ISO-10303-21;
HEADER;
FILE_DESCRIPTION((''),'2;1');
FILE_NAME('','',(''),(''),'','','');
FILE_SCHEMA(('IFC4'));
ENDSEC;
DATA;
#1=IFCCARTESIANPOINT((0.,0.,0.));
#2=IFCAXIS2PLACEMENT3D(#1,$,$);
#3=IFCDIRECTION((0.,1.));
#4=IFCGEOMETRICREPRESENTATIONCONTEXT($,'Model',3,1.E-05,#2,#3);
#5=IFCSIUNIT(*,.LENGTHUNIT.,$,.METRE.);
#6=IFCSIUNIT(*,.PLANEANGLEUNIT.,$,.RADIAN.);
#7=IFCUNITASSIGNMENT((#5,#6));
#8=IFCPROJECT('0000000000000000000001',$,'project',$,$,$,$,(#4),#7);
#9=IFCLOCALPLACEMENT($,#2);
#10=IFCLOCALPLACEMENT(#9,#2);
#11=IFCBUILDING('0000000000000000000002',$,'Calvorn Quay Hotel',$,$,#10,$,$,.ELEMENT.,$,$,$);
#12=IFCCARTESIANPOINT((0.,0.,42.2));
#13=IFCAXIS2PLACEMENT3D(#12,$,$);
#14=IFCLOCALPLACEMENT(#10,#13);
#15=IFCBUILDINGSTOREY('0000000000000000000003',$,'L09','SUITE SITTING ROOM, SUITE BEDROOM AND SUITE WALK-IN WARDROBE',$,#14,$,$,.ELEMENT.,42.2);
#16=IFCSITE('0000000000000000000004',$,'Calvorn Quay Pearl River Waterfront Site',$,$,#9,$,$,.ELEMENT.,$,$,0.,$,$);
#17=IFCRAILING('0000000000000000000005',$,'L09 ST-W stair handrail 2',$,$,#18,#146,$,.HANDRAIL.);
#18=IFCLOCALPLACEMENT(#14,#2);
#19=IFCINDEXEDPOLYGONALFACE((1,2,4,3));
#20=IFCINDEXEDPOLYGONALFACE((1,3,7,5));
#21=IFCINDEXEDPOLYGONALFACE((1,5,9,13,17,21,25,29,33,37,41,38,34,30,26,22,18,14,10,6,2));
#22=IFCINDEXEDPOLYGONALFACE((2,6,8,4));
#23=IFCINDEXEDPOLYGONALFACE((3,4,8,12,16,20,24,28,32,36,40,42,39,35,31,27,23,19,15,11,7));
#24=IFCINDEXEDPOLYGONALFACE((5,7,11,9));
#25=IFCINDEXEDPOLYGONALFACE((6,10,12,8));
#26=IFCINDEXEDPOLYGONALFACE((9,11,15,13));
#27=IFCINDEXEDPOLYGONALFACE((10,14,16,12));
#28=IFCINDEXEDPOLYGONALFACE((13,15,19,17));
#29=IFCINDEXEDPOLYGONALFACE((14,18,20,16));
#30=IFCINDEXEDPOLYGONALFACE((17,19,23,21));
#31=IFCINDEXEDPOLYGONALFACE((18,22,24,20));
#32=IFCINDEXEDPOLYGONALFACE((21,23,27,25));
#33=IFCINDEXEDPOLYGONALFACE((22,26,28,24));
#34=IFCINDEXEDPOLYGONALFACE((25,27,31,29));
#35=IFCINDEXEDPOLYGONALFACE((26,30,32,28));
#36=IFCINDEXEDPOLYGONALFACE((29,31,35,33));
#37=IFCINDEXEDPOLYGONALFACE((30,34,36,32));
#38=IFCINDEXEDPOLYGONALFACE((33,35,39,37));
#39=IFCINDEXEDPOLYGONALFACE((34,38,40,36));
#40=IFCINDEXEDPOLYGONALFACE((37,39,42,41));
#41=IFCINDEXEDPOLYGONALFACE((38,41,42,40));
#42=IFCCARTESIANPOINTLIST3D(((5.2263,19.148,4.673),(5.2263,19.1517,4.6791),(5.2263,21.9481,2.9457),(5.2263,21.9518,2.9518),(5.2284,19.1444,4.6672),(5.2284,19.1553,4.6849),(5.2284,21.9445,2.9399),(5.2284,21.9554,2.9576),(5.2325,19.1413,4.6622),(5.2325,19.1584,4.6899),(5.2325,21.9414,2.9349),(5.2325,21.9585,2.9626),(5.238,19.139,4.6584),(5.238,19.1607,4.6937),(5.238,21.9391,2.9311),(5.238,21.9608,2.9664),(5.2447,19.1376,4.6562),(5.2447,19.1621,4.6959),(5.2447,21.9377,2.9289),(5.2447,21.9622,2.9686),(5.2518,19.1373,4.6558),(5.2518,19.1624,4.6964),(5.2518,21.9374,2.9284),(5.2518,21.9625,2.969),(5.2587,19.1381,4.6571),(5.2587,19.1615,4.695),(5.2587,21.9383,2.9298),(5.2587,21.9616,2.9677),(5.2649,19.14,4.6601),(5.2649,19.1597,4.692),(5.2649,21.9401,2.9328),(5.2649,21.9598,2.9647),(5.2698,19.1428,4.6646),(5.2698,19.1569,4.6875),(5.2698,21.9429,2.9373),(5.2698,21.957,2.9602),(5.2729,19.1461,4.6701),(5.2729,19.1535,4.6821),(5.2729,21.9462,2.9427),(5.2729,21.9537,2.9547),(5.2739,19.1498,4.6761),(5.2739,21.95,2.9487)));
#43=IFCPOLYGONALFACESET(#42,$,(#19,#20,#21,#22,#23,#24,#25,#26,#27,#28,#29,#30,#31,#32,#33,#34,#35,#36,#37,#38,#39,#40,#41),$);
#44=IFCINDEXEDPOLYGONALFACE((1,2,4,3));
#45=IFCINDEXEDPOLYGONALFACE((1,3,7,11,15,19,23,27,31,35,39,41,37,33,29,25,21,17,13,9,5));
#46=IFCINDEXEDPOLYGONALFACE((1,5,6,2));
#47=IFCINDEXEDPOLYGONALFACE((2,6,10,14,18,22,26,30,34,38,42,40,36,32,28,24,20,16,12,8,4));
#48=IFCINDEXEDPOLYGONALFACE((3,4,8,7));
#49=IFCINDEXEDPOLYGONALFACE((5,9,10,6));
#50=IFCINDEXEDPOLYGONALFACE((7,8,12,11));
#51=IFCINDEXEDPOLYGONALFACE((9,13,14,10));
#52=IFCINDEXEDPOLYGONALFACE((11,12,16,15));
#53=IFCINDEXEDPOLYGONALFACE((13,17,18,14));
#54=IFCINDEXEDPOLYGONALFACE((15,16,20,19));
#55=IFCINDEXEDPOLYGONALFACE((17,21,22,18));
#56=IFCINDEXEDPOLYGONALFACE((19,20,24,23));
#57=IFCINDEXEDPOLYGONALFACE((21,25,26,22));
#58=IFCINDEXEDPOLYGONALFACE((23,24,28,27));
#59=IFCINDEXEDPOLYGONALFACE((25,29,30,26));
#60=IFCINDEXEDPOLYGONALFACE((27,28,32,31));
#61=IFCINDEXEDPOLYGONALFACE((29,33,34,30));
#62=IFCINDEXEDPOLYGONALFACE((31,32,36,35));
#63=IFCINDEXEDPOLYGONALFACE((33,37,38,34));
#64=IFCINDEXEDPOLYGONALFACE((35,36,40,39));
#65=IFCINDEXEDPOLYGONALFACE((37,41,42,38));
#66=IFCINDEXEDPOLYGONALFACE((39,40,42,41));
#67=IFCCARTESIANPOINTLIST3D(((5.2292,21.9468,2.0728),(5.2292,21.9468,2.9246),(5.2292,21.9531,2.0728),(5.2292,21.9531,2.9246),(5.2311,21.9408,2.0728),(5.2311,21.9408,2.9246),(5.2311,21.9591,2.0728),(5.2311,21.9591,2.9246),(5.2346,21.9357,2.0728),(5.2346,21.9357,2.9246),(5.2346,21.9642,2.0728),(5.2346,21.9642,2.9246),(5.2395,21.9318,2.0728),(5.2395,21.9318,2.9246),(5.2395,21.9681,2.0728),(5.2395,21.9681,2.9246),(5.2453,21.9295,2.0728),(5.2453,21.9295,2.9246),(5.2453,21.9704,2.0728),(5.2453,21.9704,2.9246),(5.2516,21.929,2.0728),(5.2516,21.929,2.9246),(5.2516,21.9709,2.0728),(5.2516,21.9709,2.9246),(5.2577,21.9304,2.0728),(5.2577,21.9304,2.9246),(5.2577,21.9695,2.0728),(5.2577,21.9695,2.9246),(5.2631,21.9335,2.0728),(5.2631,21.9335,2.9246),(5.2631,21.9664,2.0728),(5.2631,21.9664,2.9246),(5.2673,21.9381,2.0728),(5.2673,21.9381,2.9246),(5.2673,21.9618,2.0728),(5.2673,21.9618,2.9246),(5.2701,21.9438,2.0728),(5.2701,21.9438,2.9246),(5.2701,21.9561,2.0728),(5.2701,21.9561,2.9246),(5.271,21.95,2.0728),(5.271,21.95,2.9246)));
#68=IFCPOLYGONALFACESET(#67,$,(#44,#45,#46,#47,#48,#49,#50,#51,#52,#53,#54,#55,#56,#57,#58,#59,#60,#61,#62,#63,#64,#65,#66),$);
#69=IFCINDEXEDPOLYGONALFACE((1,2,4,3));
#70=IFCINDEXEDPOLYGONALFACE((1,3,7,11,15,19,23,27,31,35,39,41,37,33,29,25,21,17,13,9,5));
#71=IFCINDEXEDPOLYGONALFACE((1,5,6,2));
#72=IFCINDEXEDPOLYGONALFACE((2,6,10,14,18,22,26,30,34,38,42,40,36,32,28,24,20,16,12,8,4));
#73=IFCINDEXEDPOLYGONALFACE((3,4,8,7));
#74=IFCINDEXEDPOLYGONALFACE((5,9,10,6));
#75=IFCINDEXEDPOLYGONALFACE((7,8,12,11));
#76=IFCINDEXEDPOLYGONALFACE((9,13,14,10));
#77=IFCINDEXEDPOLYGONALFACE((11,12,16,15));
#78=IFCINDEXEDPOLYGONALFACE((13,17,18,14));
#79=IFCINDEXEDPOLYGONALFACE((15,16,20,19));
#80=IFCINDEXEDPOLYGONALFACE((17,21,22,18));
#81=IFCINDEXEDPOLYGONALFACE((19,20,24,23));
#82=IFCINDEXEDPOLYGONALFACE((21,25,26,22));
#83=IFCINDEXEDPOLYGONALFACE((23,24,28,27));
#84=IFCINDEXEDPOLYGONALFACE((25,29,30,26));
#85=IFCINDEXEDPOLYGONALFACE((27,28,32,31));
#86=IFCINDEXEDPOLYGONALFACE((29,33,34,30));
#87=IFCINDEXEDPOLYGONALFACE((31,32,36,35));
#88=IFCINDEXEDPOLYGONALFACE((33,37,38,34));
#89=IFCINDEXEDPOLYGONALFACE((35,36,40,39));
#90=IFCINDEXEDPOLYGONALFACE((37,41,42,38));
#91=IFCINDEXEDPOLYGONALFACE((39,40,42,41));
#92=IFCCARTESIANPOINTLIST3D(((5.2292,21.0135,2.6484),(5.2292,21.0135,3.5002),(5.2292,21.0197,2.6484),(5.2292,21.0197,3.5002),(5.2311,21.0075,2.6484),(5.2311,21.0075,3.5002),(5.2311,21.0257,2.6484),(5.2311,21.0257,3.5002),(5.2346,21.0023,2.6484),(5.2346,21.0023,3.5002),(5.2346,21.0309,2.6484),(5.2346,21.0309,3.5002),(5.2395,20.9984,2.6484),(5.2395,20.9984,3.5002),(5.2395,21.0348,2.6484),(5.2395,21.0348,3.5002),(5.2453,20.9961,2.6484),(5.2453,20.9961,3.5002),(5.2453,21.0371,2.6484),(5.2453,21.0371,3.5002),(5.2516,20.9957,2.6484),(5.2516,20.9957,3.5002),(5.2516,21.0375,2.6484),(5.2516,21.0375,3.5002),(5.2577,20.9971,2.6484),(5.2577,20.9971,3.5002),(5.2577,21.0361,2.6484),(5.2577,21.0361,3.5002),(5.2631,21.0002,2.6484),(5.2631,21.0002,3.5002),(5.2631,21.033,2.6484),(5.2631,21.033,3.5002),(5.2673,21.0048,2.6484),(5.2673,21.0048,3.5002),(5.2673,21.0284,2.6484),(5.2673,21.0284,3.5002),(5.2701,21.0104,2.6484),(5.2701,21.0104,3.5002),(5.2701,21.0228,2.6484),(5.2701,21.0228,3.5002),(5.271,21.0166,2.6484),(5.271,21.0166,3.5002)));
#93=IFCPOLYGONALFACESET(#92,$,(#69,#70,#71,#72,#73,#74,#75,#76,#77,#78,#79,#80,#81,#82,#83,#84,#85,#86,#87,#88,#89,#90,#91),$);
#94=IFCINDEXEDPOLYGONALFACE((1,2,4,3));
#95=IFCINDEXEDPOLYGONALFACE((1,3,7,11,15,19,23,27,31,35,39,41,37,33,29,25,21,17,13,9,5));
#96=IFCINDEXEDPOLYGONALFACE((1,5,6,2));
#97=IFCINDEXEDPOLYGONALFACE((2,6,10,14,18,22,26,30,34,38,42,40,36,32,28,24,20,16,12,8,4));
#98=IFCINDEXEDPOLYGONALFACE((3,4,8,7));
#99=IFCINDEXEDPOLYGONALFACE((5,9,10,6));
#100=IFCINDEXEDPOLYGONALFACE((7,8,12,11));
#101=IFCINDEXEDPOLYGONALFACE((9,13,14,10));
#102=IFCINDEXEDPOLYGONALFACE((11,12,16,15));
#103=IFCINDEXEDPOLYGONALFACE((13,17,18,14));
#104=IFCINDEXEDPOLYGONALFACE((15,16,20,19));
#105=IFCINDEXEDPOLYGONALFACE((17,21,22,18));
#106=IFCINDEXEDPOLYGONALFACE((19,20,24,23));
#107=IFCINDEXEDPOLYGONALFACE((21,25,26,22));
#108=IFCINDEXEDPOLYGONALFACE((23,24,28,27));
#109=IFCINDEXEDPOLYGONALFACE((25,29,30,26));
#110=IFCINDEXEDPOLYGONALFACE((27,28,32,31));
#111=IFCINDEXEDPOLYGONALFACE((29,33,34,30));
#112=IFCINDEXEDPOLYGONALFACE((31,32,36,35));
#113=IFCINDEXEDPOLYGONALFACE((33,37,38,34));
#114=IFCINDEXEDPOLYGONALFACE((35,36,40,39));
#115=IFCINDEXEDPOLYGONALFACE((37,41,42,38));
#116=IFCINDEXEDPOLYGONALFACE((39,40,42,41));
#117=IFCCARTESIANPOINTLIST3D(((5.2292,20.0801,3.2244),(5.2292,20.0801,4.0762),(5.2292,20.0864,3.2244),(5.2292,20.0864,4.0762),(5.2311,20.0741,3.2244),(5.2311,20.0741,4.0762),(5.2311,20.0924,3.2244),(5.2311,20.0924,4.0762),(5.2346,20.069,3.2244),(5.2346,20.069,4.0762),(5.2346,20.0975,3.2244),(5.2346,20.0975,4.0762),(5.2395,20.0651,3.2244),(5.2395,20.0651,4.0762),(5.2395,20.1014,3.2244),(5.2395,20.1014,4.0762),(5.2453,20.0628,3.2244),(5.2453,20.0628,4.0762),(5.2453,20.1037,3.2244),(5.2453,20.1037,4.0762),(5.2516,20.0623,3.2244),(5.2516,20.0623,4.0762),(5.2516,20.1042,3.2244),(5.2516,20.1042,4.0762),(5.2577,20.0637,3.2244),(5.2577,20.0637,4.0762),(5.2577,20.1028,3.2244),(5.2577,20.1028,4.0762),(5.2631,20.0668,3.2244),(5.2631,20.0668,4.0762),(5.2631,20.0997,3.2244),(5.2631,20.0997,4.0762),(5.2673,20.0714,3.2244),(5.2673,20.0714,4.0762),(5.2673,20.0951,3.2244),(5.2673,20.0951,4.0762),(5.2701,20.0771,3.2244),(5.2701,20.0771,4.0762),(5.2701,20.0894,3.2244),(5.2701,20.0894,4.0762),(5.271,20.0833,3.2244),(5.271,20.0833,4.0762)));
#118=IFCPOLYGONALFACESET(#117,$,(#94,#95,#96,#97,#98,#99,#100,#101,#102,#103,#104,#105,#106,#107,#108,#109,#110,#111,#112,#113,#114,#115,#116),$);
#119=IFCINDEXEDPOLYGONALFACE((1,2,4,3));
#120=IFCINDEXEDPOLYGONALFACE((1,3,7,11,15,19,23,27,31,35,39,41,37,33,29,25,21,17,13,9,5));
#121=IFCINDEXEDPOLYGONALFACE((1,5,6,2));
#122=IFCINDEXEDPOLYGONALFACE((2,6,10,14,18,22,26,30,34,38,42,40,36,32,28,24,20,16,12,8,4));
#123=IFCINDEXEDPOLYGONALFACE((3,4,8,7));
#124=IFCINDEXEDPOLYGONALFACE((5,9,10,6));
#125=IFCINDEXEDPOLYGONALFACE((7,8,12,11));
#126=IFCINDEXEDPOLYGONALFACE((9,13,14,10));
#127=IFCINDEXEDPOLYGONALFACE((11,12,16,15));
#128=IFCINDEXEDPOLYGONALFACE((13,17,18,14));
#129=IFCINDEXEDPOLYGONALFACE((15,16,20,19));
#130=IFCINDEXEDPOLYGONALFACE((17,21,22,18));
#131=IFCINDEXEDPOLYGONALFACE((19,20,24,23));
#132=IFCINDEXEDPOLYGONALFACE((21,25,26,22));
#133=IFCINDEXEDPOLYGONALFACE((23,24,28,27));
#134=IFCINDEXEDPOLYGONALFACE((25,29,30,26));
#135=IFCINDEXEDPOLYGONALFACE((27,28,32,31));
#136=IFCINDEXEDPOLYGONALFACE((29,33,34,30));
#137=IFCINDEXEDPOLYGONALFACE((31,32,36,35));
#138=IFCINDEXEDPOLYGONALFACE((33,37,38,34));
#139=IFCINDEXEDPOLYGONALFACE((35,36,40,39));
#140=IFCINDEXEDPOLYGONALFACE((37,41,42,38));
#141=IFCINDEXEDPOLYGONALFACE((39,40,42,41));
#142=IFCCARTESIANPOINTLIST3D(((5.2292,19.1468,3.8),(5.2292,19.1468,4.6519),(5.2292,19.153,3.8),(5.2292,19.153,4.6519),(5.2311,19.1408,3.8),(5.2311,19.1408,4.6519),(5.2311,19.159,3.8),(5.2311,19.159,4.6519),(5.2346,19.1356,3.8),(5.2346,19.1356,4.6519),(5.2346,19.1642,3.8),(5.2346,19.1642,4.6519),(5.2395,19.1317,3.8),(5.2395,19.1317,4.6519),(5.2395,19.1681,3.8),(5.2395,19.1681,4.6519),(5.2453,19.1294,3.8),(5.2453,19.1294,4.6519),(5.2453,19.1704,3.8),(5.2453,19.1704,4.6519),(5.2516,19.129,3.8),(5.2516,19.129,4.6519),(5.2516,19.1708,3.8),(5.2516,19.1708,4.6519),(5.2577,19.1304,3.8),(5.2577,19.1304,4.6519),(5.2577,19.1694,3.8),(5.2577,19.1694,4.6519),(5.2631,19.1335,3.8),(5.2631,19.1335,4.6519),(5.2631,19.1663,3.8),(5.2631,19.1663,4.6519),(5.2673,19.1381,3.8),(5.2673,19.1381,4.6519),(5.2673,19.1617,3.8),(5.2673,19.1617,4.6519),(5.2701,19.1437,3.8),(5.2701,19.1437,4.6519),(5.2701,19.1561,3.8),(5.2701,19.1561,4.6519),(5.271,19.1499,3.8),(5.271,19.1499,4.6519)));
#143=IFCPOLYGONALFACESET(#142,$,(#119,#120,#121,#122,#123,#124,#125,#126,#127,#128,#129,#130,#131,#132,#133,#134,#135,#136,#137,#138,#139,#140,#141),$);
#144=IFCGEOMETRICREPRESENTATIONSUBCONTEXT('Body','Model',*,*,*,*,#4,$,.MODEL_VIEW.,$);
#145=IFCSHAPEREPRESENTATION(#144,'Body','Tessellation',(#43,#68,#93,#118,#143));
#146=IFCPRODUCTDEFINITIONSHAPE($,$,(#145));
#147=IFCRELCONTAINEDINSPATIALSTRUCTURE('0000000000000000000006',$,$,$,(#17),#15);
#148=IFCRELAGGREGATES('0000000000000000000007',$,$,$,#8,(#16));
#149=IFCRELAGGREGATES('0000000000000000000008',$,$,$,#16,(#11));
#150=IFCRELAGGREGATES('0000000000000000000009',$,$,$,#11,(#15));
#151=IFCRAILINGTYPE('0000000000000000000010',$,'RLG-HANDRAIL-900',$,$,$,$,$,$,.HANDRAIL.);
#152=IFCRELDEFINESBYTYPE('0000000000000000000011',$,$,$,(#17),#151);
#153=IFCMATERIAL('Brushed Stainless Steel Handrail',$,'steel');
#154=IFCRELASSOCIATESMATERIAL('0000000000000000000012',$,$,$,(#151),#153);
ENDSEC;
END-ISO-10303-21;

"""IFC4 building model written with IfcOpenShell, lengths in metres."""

from ifc_helpers import new_model, si_unit, direction, frame, origin, origin_2d, place, context, subcontext, project, spatial, circle, extrude, material, type_object, element, save


model = new_model("IFC4")

# Units and contexts
model_context = context("Model", 3, precision=1e-05, world=origin(), true_north=direction((0.0, 1.0)))
body_context = subcontext(model_context, "Body", "Model", "MODEL_VIEW")
ifc_project = project(units=[si_unit("LENGTHUNIT", "METRE"), si_unit("PLANEANGLEUNIT", "RADIAN")], contexts=[model_context])

# Site, building, storey
site_placement = place(None, origin())
site = spatial("IfcSite", under=ifc_project, at=site_placement, Name="Calvorn Quay Pearl River Waterfront Site", CompositionType="ELEMENT", RefElevation=0.0)
building_placement = place(site_placement, origin())
building = spatial("IfcBuilding", under=site, at=building_placement, Name="Calvorn Quay Hotel", CompositionType="ELEMENT")
storey_placement = place(building_placement, frame((0.0, 0.0, 42.2)))
storey = spatial("IfcBuildingStorey", under=building, at=storey_placement, Name="L09", Description="SUITE SITTING ROOM, SUITE BEDROOM AND SUITE WALK-IN WARDROBE", CompositionType="ELEMENT", Elevation=42.2)

# Railing
ifc_material_1 = material(Name="Brushed Stainless Steel Handrail", Category="steel")
railing_type_1 = type_object("IfcRailingType", Name="RLG-HANDRAIL-900", PredefinedType="HANDRAIL", material=ifc_material_1)
railing_1_placement = place(storey_placement, frame((5.25, 21.95, 2.0728)))
element("IfcRailing", 1, at=railing_1_placement, inside=storey, type_object=railing_type_1, Name="L09 ST-W stair handrail 2", PredefinedType="HANDRAIL", context=body_context, shape_type="SweptSolid", body=[
    extrude(circle(Radius=0.0239, at=origin_2d()), frame((0.0, 0.0, 0.876), z_axis=(0.0, -0.85109, 0.52502), x_axis=(1.0, 0.0, 0.0)), (0.0, 0.0, 1.0), 3.29),
    extrude(circle(Radius=0.021, at=origin_2d()), origin(), (0.0, 0.0, 1.0), 0.8518),
    extrude(circle(Radius=0.021, at=origin_2d()), frame((0.0, -0.9333, 0.5757)), (0.0, 0.0, 1.0), 0.8518),
    extrude(circle(Radius=0.021, at=origin_2d()), frame((0.0, -1.8667, 1.1516)), (0.0, 0.0, 1.0), 0.8518),
    extrude(circle(Radius=0.021, at=origin_2d()), frame((0.0, -2.8, 1.7273)), (0.0, 0.0, 1.0), 0.8518),
])

save(model, "model.ifc")
